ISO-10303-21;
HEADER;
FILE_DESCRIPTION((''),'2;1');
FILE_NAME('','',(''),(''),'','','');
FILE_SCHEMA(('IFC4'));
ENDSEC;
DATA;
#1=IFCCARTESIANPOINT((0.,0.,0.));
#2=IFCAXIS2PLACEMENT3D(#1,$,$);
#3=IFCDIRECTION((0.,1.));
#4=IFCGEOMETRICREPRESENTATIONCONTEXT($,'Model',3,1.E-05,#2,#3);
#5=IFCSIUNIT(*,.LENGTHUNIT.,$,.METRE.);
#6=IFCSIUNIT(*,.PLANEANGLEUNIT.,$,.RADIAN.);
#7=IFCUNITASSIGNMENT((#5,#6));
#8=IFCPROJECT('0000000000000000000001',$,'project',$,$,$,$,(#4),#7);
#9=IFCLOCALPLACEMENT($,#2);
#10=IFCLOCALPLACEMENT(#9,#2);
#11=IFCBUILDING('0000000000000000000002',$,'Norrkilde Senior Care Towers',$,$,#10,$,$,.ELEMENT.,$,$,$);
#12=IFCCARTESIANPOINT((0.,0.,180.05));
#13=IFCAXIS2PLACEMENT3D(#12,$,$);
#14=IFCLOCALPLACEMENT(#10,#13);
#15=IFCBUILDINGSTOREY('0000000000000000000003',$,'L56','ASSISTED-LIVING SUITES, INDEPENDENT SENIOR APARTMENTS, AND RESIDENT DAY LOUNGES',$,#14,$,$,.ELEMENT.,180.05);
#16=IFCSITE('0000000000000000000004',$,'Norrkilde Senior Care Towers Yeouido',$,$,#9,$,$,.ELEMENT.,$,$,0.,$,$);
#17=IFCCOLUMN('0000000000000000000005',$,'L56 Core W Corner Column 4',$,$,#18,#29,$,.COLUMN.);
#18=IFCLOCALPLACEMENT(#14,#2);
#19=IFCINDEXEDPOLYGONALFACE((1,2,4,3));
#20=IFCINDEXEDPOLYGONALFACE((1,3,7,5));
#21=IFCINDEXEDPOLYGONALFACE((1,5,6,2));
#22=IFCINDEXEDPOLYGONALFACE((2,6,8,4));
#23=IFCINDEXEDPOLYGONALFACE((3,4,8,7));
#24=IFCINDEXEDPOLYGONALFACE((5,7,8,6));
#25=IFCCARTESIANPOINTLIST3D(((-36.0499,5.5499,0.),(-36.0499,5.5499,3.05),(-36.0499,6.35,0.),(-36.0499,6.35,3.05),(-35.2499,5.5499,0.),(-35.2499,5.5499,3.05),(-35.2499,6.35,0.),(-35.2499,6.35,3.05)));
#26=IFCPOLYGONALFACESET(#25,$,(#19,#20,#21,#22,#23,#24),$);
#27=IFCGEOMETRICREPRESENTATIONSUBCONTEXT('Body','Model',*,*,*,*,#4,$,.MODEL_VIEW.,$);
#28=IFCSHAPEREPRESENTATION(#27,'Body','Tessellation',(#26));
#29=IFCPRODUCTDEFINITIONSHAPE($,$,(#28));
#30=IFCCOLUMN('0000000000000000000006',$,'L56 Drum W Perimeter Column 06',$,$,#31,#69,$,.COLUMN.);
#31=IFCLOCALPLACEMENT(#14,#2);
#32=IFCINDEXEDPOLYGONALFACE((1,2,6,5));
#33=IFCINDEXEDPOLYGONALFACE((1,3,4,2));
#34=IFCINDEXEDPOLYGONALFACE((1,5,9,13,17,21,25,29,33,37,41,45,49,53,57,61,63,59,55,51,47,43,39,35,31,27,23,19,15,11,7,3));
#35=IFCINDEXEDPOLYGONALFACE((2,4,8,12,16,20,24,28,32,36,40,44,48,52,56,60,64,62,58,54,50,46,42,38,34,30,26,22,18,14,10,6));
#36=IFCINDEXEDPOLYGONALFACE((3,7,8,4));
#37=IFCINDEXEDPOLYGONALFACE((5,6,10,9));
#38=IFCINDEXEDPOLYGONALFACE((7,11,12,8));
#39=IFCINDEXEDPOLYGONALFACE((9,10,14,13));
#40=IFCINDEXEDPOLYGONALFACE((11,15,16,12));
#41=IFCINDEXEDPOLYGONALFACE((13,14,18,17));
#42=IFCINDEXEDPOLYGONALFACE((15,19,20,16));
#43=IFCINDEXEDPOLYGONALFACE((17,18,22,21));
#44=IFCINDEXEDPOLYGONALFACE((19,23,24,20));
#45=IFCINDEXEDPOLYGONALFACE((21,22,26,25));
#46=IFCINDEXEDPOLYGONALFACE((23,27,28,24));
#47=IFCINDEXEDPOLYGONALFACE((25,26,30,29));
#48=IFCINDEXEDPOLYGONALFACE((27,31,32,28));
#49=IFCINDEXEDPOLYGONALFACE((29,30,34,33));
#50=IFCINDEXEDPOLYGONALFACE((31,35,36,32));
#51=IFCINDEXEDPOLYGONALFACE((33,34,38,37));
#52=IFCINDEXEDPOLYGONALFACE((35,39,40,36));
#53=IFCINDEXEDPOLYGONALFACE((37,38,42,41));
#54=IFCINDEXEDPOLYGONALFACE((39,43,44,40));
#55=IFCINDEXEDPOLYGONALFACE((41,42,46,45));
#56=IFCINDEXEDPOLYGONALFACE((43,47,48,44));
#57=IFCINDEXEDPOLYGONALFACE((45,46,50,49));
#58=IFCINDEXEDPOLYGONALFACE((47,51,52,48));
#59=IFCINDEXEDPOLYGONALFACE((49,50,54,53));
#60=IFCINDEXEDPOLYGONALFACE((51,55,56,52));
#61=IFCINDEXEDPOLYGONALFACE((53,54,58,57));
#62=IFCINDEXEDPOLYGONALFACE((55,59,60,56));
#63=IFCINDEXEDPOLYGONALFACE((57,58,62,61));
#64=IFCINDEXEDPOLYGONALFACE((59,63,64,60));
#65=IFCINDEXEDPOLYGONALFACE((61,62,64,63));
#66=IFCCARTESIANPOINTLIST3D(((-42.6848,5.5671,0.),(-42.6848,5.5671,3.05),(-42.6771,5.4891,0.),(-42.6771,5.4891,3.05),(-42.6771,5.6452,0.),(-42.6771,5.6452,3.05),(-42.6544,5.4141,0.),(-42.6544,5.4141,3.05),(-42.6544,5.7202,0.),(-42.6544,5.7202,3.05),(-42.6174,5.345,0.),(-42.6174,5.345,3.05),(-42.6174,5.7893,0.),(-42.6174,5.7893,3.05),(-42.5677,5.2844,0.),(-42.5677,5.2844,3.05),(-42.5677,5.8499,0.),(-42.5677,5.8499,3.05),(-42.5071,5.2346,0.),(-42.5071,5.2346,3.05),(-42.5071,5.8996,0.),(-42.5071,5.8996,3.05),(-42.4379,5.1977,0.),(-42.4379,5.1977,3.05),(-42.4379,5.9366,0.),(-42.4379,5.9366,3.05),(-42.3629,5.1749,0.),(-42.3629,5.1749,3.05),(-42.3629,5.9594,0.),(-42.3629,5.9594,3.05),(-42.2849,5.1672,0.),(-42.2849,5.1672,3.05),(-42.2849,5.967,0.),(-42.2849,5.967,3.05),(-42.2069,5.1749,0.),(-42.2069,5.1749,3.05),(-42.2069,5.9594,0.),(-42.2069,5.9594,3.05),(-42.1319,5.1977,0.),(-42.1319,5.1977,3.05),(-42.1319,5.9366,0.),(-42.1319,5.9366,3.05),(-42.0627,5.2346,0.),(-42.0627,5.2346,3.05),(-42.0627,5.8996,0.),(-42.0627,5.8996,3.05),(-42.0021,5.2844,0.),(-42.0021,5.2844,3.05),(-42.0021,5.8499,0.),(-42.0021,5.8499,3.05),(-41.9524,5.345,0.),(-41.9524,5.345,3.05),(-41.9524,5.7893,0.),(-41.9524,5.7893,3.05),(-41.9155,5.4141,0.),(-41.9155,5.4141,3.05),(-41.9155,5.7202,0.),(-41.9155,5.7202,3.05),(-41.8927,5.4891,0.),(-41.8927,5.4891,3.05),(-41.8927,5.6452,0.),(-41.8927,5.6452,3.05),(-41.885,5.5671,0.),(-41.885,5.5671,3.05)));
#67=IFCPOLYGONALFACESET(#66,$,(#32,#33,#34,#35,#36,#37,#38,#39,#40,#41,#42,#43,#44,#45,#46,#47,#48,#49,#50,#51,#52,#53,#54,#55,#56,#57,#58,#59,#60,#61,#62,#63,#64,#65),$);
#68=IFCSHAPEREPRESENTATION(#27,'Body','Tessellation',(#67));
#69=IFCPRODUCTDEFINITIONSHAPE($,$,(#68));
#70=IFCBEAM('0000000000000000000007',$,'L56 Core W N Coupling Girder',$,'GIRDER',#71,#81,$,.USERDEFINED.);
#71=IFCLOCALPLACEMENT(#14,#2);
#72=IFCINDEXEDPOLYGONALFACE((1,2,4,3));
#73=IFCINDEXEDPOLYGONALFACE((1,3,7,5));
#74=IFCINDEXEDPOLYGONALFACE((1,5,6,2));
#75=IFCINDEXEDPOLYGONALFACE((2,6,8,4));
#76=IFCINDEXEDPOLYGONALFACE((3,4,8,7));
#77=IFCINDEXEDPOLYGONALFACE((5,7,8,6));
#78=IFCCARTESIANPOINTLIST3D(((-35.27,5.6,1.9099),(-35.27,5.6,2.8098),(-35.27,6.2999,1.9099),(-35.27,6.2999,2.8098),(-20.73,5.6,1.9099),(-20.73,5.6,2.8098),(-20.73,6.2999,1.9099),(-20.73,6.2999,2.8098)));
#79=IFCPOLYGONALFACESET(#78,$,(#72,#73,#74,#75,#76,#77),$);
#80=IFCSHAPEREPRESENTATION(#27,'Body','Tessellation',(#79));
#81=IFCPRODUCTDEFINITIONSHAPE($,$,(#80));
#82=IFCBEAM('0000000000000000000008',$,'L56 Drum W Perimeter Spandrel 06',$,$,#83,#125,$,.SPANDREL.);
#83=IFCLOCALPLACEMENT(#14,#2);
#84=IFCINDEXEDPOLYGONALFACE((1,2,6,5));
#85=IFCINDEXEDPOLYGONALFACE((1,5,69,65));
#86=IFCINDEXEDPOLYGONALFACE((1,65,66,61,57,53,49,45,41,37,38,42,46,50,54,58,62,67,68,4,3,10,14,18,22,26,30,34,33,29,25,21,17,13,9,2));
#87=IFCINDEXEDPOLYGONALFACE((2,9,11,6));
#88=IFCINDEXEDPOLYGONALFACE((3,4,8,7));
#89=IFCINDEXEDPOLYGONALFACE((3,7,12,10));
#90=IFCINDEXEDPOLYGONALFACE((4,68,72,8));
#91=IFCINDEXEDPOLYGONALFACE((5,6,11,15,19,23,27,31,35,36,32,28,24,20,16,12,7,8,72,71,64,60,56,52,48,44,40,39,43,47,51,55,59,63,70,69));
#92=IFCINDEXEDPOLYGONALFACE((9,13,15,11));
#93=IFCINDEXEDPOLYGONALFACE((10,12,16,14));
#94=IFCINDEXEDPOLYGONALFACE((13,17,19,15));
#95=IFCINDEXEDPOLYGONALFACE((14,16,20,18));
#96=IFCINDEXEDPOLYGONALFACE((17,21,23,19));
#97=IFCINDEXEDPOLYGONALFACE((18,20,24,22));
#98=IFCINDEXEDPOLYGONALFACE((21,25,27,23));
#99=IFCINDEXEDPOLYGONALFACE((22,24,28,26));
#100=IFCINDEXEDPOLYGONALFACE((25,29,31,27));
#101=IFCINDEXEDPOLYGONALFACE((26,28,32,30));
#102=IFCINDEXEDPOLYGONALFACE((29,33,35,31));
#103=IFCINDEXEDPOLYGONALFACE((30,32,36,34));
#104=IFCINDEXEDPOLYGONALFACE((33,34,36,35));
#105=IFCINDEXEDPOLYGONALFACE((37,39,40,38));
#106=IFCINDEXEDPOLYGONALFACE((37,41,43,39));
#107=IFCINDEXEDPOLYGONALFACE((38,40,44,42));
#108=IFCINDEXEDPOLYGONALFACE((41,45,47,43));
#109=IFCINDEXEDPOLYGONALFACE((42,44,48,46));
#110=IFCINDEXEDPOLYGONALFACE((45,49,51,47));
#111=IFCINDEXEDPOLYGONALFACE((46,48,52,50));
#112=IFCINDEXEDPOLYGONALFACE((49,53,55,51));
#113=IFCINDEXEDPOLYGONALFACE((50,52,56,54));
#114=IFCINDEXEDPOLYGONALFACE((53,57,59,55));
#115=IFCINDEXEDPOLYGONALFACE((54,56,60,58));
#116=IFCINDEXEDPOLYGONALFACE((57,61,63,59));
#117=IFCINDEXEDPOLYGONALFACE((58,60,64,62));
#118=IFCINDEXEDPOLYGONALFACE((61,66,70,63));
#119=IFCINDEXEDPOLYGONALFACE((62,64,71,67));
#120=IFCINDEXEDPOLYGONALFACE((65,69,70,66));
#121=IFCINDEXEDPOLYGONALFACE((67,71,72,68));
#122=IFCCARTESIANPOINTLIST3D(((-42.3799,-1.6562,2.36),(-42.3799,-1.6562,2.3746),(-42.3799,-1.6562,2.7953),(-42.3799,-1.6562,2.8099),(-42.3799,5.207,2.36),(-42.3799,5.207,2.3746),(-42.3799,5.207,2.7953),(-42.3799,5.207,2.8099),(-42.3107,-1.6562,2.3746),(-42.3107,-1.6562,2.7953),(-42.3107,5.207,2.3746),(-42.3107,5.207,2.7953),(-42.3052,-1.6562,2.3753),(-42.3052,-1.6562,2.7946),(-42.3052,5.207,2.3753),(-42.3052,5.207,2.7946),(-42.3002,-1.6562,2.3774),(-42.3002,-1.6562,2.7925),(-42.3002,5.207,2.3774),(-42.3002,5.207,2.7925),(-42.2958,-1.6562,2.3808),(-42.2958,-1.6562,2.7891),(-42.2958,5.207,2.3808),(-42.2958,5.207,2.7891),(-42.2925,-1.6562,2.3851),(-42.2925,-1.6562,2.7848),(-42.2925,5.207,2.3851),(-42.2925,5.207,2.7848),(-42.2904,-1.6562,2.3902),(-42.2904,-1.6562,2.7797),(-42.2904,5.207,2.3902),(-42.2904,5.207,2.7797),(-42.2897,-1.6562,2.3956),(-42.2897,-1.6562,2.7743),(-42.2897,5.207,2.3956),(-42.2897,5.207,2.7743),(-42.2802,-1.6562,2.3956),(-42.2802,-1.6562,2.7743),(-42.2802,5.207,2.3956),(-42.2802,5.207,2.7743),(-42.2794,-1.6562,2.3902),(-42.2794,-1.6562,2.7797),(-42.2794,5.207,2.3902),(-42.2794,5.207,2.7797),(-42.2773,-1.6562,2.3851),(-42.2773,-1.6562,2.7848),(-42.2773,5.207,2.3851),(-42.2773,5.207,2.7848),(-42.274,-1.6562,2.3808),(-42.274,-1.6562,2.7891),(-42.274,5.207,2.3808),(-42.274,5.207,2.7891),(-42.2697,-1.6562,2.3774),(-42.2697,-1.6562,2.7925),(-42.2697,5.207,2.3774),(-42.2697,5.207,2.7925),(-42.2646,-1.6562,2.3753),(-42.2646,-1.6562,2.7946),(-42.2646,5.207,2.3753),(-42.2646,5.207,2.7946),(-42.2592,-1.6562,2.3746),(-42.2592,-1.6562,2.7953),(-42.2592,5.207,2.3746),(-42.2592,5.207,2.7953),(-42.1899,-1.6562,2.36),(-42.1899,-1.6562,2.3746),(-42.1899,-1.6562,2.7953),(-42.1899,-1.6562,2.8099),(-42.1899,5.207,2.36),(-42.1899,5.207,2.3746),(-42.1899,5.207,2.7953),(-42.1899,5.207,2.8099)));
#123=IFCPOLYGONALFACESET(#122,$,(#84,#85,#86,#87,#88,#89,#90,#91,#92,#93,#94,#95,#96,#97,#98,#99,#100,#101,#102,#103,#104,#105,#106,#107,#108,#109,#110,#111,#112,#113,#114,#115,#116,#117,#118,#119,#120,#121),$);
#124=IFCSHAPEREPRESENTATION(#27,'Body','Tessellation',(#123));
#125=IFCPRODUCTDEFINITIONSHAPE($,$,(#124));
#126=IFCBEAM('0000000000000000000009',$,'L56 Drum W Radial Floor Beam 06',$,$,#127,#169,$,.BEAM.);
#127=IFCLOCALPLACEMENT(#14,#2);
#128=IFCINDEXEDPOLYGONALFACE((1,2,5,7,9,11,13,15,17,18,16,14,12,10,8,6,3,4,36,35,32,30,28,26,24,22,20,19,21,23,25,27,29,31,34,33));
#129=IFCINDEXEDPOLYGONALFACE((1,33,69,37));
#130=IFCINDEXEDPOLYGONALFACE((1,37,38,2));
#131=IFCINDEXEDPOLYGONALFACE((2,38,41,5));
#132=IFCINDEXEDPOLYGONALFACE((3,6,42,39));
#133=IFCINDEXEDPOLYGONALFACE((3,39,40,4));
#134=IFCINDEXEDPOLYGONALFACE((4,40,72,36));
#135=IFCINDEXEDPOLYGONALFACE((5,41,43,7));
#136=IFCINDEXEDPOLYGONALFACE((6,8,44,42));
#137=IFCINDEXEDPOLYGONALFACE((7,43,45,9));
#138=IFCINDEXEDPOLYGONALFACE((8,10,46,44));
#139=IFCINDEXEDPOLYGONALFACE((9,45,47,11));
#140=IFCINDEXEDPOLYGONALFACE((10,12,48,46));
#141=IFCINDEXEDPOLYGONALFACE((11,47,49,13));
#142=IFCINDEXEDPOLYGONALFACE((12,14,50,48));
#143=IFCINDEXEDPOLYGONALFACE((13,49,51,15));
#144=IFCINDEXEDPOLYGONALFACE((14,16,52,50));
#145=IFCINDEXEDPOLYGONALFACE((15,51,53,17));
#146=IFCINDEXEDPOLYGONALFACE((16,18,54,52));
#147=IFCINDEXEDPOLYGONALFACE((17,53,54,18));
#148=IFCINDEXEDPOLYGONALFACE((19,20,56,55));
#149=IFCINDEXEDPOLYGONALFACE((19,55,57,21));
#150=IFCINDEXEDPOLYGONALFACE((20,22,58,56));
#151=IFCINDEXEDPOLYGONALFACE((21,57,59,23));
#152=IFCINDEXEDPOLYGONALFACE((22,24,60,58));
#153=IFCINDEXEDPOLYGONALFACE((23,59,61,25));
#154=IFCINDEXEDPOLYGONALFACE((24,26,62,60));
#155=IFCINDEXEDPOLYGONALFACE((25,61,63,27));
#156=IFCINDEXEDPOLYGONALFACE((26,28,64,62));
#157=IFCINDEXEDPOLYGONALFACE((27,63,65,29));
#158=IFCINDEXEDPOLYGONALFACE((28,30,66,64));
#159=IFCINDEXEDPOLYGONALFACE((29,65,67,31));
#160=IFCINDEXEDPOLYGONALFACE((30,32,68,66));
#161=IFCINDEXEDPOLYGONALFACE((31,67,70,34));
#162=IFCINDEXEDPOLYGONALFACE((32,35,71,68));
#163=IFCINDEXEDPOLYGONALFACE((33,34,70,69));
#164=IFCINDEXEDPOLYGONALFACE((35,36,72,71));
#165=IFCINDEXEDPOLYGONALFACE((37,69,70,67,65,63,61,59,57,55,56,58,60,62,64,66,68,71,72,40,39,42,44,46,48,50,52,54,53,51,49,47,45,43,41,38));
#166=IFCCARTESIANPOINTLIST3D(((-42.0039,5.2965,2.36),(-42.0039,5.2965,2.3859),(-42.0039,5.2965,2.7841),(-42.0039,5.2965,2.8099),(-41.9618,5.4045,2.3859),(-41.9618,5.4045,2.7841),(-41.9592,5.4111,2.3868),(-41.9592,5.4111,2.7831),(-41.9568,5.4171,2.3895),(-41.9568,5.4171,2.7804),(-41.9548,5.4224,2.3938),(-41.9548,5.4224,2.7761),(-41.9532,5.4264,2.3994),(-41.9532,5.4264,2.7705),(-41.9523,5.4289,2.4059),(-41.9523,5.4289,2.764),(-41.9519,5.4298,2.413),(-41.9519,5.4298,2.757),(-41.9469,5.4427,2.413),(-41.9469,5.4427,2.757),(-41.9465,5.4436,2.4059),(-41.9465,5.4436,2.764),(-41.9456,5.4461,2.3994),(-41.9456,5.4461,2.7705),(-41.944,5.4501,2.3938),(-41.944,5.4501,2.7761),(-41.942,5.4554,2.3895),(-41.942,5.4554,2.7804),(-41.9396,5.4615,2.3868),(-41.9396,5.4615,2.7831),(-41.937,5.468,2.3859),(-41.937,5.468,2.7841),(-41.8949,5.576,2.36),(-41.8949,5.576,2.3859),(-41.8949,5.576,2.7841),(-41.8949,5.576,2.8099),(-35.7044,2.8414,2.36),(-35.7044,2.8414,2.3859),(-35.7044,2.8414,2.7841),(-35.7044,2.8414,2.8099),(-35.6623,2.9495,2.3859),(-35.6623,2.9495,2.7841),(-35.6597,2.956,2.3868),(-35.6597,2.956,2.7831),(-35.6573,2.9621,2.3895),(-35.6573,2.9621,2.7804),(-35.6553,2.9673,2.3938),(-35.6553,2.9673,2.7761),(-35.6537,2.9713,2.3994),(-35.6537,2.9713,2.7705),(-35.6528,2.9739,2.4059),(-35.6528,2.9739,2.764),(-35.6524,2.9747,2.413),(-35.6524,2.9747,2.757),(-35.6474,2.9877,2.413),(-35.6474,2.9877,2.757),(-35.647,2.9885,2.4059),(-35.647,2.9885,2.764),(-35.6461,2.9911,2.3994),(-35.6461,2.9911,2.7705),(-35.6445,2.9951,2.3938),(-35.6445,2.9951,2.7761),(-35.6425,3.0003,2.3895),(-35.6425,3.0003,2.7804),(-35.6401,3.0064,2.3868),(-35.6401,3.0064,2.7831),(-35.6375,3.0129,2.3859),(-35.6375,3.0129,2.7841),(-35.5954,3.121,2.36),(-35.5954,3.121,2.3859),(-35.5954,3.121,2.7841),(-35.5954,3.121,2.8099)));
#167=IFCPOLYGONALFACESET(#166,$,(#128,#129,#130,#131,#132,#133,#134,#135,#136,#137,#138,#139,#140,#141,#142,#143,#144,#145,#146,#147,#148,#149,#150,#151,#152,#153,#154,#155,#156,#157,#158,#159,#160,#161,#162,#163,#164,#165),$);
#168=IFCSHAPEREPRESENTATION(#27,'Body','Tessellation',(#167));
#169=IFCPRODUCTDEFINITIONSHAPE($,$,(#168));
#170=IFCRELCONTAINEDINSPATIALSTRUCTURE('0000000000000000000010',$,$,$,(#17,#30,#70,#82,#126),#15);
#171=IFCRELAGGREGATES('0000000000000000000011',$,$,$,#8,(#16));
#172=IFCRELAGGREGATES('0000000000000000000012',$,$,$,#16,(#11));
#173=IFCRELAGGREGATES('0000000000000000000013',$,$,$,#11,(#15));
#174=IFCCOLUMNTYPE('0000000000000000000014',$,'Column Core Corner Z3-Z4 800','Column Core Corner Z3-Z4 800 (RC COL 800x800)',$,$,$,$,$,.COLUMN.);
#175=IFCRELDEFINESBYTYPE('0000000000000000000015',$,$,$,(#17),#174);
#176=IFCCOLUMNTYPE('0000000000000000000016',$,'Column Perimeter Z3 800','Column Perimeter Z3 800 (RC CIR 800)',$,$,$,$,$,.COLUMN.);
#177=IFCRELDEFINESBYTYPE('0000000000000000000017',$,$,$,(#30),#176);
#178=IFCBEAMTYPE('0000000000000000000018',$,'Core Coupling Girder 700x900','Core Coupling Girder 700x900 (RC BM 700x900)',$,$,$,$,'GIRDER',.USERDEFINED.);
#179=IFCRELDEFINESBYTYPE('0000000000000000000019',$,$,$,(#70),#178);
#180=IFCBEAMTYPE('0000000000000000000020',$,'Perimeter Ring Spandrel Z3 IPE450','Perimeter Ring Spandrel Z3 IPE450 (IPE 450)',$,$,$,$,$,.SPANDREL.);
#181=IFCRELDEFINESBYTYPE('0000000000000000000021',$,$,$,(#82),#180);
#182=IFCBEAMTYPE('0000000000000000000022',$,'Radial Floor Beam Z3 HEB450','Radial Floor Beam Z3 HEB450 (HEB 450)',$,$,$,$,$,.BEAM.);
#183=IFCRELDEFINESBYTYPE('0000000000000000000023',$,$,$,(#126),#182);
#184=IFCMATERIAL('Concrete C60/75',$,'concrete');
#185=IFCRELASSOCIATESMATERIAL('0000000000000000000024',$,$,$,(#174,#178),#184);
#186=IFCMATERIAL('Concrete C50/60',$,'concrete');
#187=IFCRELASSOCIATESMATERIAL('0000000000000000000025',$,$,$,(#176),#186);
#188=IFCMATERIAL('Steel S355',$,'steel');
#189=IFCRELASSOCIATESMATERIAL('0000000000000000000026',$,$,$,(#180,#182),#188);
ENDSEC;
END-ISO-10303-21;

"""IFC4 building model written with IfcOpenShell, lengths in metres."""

from ifc_helpers import new_model, si_unit, direction, frame, origin, origin_2d, place, context, subcontext, project, spatial, rectangle, circle, i_section, extrude, source, transform, mapped, material, material_profile, profile_set, type_object, type_shapes, element, save


model = new_model("IFC4")

# Units and contexts
model_context = context("Model", 3, precision=1e-05, world=origin(), true_north=direction((0.0, 1.0)))
body_context = subcontext(model_context, "Body", "Model", "MODEL_VIEW")
ifc_project = project(units=[si_unit("LENGTHUNIT", "METRE"), si_unit("PLANEANGLEUNIT", "RADIAN")], contexts=[model_context])

# Site, building, storey
site_placement = place(None, origin())
site = spatial("IfcSite", under=ifc_project, at=site_placement, Name="Norrkilde Senior Care Towers Yeouido", CompositionType="ELEMENT", RefElevation=0.0)
building_placement = place(site_placement, origin())
building = spatial("IfcBuilding", under=site, at=building_placement, Name="Norrkilde Senior Care Towers", CompositionType="ELEMENT")
storey_placement = place(building_placement, frame((0.0, 0.0, 180.05)))
storey = spatial("IfcBuildingStorey", under=building, at=storey_placement, Name="L56", Description="ASSISTED-LIVING SUITES, INDEPENDENT SENIOR APARTMENTS, AND RESIDENT DAY LOUNGES", CompositionType="ELEMENT", Elevation=180.05)

# Columns
ifc_material_1 = material(Name="Concrete C60/75", Category="concrete")
ifc_material_profile_1 = material_profile(ifc_material_1, rectangle(XDim=0.8, YDim=0.8, at=origin_2d()), Name="RC COL 800x800")
ifc_profile_set_1 = profile_set([ifc_material_profile_1], Name="Concrete C60/75")
column_type_1 = type_object("IfcColumnType", Name="Column Core Corner Z3-Z4 800", Description="Column Core Corner Z3-Z4 800 (RC COL 800x800)", PredefinedType="COLUMN", material=ifc_profile_set_1)
shared_shape_1 = source(origin(), body_context, "Body", "SweptSolid", [
    extrude(rectangle(XDim=0.8, YDim=0.8, at=origin_2d()), origin(), (0.0, 0.0, 1.0), 3.05),
])
type_shapes(column_type_1, [shared_shape_1])
column_1_placement = place(storey_placement, frame((-35.6499, 5.95, 0.0), z_axis=(0.0, 0.0, 1.0), x_axis=(1.0, 0.0, 0.0)))
element("IfcColumn", 1, at=column_1_placement, inside=storey, type_object=column_type_1, Name="L56 Core W Corner Column 4", PredefinedType="COLUMN", context=body_context, shape_type="MappedRepresentation", body=[
    mapped(shared_shape_1, transform((0.0, 0.0, 0.0), x_axis=(1.0, 0.0, 0.0), y_axis=(0.0, 1.0, 0.0), z_axis=(0.0, 0.0, 1.0), scale=1.0)),
])
ifc_material_2 = material(Name="Concrete C50/60", Category="concrete")
ifc_material_profile_2 = material_profile(ifc_material_2, circle(Radius=0.3999, at=origin_2d()), Name="RC CIR 800")
ifc_profile_set_2 = profile_set([ifc_material_profile_2], Name="Concrete C50/60")
column_type_2 = type_object("IfcColumnType", Name="Column Perimeter Z3 800", Description="Column Perimeter Z3 800 (RC CIR 800)", PredefinedType="COLUMN", material=ifc_profile_set_2)
shared_shape_2 = source(origin(), body_context, "Body", "SweptSolid", [
    extrude(circle(Radius=0.3999, at=origin_2d()), origin(), (0.0, 0.0, 1.0), 3.05),
])
type_shapes(column_type_2, [shared_shape_2])
column_2_placement = place(storey_placement, frame((-42.2849, 5.5671, 0.0), z_axis=(0.0, 0.0, 1.0), x_axis=(1.0, 0.0, 0.0)))
element("IfcColumn", 2, at=column_2_placement, inside=storey, type_object=column_type_2, Name="L56 Drum W Perimeter Column 06", PredefinedType="COLUMN", context=body_context, shape_type="MappedRepresentation", body=[
    mapped(shared_shape_2, transform((0.0, 0.0, 0.0), x_axis=(1.0, 0.0, 0.0), y_axis=(0.0, 1.0, 0.0), z_axis=(0.0, 0.0, 1.0), scale=1.0)),
])

# Beams
ifc_material_profile_3 = material_profile(ifc_material_1, rectangle(XDim=0.7, YDim=0.8999, at=origin_2d()), Name="RC BM 700x900")
ifc_profile_set_3 = profile_set([ifc_material_profile_3], Name="Concrete C60/75")
beam_type_1 = type_object("IfcBeamType", Name="Core Coupling Girder 700x900", Description="Core Coupling Girder 700x900 (RC BM 700x900)", ElementType="GIRDER", PredefinedType="USERDEFINED", material=ifc_profile_set_3)
shared_shape_3 = source(origin(), body_context, "Body", "SweptSolid", [
    extrude(rectangle(XDim=0.7, YDim=0.8999, at=origin_2d()), origin(), (0.0, 0.0, 1.0), 14.54),
])
type_shapes(beam_type_1, [shared_shape_3])
beam_1_placement = place(storey_placement, frame((-35.27, 5.95, 2.3599), z_axis=(1.0, 0.0, 0.0), x_axis=(0.0, 1.0, 0.0)))
element("IfcBeam", 3, at=beam_1_placement, inside=storey, type_object=beam_type_1, Name="L56 Core W N Coupling Girder", ObjectType="GIRDER", PredefinedType="USERDEFINED", context=body_context, shape_type="MappedRepresentation", body=[
    mapped(shared_shape_3, transform((0.0, 0.0, 0.0), x_axis=(1.0, 0.0, 0.0), y_axis=(0.0, 1.0, 0.0), z_axis=(0.0, 0.0, 1.0), scale=1.0)),
])
ifc_material_3 = material(Name="Steel S355", Category="steel")
ifc_material_profile_4 = material_profile(ifc_material_3, i_section(OverallWidth=0.1899, OverallDepth=0.45, WebThickness=0.0095, FlangeThickness=0.0146, FilletRadius=0.021, at=origin_2d()), Name="IPE 450")
ifc_profile_set_4 = profile_set([ifc_material_profile_4], Name="Steel S355")
beam_type_2 = type_object("IfcBeamType", Name="Perimeter Ring Spandrel Z3 IPE450", Description="Perimeter Ring Spandrel Z3 IPE450 (IPE 450)", PredefinedType="SPANDREL", material=ifc_profile_set_4)
shared_shape_4 = source(origin(), body_context, "Body", "SweptSolid", [
    extrude(i_section(OverallWidth=0.1899, OverallDepth=0.45, WebThickness=0.0095, FlangeThickness=0.0146, FilletRadius=0.021, at=origin_2d()), origin(), (0.0, 0.0, 1.0), 6.8633),
])
type_shapes(beam_type_2, [shared_shape_4])
beam_2_placement = place(storey_placement, frame((-42.2849, 5.207, 2.585), z_axis=(0.0, -1.0, 0.0), x_axis=(1.0, 0.0, 0.0)))
element("IfcBeam", 4, at=beam_2_placement, inside=storey, type_object=beam_type_2, Name="L56 Drum W Perimeter Spandrel 06", PredefinedType="SPANDREL", context=body_context, shape_type="MappedRepresentation", body=[
    mapped(shared_shape_4, transform((0.0, 0.0, 0.0), x_axis=(1.0, 0.0, 0.0), y_axis=(0.0, 1.0, 0.0), z_axis=(0.0, 0.0, 1.0), scale=1.0)),
])
ifc_material_profile_5 = material_profile(ifc_material_3, i_section(OverallWidth=0.3, OverallDepth=0.45, WebThickness=0.0139, FlangeThickness=0.0259, FilletRadius=0.0271, at=origin_2d()), Name="HEB 450")
ifc_profile_set_5 = profile_set([ifc_material_profile_5], Name="Steel S355")
beam_type_3 = type_object("IfcBeamType", Name="Radial Floor Beam Z3 HEB450", Description="Radial Floor Beam Z3 HEB450 (HEB 450)", PredefinedType="BEAM", material=ifc_profile_set_5)
shared_shape_5 = source(origin(), body_context, "Body", "SweptSolid", [
    extrude(i_section(OverallWidth=0.3, OverallDepth=0.45, WebThickness=0.0139, FlangeThickness=0.0259, FilletRadius=0.0271, at=origin_2d()), origin(), (0.0, 0.0, 1.0), 6.761),
])
type_shapes(beam_type_3, [shared_shape_5])
beam_3_placement = place(storey_placement, frame((-35.6499, 2.9812, 2.585), z_axis=(-0.931742, 0.363121, 0.0), x_axis=(-0.363121, -0.931742, 0.0)))
element("IfcBeam", 5, at=beam_3_placement, inside=storey, type_object=beam_type_3, Name="L56 Drum W Radial Floor Beam 06", PredefinedType="BEAM", context=body_context, shape_type="MappedRepresentation", body=[
    mapped(shared_shape_5, transform((0.0, 0.0, 0.0), x_axis=(1.0, 0.0, 0.0), y_axis=(0.0, 1.0, 0.0), z_axis=(0.0, 0.0, 1.0), scale=1.0)),
])

save(model, "model.ifc")
